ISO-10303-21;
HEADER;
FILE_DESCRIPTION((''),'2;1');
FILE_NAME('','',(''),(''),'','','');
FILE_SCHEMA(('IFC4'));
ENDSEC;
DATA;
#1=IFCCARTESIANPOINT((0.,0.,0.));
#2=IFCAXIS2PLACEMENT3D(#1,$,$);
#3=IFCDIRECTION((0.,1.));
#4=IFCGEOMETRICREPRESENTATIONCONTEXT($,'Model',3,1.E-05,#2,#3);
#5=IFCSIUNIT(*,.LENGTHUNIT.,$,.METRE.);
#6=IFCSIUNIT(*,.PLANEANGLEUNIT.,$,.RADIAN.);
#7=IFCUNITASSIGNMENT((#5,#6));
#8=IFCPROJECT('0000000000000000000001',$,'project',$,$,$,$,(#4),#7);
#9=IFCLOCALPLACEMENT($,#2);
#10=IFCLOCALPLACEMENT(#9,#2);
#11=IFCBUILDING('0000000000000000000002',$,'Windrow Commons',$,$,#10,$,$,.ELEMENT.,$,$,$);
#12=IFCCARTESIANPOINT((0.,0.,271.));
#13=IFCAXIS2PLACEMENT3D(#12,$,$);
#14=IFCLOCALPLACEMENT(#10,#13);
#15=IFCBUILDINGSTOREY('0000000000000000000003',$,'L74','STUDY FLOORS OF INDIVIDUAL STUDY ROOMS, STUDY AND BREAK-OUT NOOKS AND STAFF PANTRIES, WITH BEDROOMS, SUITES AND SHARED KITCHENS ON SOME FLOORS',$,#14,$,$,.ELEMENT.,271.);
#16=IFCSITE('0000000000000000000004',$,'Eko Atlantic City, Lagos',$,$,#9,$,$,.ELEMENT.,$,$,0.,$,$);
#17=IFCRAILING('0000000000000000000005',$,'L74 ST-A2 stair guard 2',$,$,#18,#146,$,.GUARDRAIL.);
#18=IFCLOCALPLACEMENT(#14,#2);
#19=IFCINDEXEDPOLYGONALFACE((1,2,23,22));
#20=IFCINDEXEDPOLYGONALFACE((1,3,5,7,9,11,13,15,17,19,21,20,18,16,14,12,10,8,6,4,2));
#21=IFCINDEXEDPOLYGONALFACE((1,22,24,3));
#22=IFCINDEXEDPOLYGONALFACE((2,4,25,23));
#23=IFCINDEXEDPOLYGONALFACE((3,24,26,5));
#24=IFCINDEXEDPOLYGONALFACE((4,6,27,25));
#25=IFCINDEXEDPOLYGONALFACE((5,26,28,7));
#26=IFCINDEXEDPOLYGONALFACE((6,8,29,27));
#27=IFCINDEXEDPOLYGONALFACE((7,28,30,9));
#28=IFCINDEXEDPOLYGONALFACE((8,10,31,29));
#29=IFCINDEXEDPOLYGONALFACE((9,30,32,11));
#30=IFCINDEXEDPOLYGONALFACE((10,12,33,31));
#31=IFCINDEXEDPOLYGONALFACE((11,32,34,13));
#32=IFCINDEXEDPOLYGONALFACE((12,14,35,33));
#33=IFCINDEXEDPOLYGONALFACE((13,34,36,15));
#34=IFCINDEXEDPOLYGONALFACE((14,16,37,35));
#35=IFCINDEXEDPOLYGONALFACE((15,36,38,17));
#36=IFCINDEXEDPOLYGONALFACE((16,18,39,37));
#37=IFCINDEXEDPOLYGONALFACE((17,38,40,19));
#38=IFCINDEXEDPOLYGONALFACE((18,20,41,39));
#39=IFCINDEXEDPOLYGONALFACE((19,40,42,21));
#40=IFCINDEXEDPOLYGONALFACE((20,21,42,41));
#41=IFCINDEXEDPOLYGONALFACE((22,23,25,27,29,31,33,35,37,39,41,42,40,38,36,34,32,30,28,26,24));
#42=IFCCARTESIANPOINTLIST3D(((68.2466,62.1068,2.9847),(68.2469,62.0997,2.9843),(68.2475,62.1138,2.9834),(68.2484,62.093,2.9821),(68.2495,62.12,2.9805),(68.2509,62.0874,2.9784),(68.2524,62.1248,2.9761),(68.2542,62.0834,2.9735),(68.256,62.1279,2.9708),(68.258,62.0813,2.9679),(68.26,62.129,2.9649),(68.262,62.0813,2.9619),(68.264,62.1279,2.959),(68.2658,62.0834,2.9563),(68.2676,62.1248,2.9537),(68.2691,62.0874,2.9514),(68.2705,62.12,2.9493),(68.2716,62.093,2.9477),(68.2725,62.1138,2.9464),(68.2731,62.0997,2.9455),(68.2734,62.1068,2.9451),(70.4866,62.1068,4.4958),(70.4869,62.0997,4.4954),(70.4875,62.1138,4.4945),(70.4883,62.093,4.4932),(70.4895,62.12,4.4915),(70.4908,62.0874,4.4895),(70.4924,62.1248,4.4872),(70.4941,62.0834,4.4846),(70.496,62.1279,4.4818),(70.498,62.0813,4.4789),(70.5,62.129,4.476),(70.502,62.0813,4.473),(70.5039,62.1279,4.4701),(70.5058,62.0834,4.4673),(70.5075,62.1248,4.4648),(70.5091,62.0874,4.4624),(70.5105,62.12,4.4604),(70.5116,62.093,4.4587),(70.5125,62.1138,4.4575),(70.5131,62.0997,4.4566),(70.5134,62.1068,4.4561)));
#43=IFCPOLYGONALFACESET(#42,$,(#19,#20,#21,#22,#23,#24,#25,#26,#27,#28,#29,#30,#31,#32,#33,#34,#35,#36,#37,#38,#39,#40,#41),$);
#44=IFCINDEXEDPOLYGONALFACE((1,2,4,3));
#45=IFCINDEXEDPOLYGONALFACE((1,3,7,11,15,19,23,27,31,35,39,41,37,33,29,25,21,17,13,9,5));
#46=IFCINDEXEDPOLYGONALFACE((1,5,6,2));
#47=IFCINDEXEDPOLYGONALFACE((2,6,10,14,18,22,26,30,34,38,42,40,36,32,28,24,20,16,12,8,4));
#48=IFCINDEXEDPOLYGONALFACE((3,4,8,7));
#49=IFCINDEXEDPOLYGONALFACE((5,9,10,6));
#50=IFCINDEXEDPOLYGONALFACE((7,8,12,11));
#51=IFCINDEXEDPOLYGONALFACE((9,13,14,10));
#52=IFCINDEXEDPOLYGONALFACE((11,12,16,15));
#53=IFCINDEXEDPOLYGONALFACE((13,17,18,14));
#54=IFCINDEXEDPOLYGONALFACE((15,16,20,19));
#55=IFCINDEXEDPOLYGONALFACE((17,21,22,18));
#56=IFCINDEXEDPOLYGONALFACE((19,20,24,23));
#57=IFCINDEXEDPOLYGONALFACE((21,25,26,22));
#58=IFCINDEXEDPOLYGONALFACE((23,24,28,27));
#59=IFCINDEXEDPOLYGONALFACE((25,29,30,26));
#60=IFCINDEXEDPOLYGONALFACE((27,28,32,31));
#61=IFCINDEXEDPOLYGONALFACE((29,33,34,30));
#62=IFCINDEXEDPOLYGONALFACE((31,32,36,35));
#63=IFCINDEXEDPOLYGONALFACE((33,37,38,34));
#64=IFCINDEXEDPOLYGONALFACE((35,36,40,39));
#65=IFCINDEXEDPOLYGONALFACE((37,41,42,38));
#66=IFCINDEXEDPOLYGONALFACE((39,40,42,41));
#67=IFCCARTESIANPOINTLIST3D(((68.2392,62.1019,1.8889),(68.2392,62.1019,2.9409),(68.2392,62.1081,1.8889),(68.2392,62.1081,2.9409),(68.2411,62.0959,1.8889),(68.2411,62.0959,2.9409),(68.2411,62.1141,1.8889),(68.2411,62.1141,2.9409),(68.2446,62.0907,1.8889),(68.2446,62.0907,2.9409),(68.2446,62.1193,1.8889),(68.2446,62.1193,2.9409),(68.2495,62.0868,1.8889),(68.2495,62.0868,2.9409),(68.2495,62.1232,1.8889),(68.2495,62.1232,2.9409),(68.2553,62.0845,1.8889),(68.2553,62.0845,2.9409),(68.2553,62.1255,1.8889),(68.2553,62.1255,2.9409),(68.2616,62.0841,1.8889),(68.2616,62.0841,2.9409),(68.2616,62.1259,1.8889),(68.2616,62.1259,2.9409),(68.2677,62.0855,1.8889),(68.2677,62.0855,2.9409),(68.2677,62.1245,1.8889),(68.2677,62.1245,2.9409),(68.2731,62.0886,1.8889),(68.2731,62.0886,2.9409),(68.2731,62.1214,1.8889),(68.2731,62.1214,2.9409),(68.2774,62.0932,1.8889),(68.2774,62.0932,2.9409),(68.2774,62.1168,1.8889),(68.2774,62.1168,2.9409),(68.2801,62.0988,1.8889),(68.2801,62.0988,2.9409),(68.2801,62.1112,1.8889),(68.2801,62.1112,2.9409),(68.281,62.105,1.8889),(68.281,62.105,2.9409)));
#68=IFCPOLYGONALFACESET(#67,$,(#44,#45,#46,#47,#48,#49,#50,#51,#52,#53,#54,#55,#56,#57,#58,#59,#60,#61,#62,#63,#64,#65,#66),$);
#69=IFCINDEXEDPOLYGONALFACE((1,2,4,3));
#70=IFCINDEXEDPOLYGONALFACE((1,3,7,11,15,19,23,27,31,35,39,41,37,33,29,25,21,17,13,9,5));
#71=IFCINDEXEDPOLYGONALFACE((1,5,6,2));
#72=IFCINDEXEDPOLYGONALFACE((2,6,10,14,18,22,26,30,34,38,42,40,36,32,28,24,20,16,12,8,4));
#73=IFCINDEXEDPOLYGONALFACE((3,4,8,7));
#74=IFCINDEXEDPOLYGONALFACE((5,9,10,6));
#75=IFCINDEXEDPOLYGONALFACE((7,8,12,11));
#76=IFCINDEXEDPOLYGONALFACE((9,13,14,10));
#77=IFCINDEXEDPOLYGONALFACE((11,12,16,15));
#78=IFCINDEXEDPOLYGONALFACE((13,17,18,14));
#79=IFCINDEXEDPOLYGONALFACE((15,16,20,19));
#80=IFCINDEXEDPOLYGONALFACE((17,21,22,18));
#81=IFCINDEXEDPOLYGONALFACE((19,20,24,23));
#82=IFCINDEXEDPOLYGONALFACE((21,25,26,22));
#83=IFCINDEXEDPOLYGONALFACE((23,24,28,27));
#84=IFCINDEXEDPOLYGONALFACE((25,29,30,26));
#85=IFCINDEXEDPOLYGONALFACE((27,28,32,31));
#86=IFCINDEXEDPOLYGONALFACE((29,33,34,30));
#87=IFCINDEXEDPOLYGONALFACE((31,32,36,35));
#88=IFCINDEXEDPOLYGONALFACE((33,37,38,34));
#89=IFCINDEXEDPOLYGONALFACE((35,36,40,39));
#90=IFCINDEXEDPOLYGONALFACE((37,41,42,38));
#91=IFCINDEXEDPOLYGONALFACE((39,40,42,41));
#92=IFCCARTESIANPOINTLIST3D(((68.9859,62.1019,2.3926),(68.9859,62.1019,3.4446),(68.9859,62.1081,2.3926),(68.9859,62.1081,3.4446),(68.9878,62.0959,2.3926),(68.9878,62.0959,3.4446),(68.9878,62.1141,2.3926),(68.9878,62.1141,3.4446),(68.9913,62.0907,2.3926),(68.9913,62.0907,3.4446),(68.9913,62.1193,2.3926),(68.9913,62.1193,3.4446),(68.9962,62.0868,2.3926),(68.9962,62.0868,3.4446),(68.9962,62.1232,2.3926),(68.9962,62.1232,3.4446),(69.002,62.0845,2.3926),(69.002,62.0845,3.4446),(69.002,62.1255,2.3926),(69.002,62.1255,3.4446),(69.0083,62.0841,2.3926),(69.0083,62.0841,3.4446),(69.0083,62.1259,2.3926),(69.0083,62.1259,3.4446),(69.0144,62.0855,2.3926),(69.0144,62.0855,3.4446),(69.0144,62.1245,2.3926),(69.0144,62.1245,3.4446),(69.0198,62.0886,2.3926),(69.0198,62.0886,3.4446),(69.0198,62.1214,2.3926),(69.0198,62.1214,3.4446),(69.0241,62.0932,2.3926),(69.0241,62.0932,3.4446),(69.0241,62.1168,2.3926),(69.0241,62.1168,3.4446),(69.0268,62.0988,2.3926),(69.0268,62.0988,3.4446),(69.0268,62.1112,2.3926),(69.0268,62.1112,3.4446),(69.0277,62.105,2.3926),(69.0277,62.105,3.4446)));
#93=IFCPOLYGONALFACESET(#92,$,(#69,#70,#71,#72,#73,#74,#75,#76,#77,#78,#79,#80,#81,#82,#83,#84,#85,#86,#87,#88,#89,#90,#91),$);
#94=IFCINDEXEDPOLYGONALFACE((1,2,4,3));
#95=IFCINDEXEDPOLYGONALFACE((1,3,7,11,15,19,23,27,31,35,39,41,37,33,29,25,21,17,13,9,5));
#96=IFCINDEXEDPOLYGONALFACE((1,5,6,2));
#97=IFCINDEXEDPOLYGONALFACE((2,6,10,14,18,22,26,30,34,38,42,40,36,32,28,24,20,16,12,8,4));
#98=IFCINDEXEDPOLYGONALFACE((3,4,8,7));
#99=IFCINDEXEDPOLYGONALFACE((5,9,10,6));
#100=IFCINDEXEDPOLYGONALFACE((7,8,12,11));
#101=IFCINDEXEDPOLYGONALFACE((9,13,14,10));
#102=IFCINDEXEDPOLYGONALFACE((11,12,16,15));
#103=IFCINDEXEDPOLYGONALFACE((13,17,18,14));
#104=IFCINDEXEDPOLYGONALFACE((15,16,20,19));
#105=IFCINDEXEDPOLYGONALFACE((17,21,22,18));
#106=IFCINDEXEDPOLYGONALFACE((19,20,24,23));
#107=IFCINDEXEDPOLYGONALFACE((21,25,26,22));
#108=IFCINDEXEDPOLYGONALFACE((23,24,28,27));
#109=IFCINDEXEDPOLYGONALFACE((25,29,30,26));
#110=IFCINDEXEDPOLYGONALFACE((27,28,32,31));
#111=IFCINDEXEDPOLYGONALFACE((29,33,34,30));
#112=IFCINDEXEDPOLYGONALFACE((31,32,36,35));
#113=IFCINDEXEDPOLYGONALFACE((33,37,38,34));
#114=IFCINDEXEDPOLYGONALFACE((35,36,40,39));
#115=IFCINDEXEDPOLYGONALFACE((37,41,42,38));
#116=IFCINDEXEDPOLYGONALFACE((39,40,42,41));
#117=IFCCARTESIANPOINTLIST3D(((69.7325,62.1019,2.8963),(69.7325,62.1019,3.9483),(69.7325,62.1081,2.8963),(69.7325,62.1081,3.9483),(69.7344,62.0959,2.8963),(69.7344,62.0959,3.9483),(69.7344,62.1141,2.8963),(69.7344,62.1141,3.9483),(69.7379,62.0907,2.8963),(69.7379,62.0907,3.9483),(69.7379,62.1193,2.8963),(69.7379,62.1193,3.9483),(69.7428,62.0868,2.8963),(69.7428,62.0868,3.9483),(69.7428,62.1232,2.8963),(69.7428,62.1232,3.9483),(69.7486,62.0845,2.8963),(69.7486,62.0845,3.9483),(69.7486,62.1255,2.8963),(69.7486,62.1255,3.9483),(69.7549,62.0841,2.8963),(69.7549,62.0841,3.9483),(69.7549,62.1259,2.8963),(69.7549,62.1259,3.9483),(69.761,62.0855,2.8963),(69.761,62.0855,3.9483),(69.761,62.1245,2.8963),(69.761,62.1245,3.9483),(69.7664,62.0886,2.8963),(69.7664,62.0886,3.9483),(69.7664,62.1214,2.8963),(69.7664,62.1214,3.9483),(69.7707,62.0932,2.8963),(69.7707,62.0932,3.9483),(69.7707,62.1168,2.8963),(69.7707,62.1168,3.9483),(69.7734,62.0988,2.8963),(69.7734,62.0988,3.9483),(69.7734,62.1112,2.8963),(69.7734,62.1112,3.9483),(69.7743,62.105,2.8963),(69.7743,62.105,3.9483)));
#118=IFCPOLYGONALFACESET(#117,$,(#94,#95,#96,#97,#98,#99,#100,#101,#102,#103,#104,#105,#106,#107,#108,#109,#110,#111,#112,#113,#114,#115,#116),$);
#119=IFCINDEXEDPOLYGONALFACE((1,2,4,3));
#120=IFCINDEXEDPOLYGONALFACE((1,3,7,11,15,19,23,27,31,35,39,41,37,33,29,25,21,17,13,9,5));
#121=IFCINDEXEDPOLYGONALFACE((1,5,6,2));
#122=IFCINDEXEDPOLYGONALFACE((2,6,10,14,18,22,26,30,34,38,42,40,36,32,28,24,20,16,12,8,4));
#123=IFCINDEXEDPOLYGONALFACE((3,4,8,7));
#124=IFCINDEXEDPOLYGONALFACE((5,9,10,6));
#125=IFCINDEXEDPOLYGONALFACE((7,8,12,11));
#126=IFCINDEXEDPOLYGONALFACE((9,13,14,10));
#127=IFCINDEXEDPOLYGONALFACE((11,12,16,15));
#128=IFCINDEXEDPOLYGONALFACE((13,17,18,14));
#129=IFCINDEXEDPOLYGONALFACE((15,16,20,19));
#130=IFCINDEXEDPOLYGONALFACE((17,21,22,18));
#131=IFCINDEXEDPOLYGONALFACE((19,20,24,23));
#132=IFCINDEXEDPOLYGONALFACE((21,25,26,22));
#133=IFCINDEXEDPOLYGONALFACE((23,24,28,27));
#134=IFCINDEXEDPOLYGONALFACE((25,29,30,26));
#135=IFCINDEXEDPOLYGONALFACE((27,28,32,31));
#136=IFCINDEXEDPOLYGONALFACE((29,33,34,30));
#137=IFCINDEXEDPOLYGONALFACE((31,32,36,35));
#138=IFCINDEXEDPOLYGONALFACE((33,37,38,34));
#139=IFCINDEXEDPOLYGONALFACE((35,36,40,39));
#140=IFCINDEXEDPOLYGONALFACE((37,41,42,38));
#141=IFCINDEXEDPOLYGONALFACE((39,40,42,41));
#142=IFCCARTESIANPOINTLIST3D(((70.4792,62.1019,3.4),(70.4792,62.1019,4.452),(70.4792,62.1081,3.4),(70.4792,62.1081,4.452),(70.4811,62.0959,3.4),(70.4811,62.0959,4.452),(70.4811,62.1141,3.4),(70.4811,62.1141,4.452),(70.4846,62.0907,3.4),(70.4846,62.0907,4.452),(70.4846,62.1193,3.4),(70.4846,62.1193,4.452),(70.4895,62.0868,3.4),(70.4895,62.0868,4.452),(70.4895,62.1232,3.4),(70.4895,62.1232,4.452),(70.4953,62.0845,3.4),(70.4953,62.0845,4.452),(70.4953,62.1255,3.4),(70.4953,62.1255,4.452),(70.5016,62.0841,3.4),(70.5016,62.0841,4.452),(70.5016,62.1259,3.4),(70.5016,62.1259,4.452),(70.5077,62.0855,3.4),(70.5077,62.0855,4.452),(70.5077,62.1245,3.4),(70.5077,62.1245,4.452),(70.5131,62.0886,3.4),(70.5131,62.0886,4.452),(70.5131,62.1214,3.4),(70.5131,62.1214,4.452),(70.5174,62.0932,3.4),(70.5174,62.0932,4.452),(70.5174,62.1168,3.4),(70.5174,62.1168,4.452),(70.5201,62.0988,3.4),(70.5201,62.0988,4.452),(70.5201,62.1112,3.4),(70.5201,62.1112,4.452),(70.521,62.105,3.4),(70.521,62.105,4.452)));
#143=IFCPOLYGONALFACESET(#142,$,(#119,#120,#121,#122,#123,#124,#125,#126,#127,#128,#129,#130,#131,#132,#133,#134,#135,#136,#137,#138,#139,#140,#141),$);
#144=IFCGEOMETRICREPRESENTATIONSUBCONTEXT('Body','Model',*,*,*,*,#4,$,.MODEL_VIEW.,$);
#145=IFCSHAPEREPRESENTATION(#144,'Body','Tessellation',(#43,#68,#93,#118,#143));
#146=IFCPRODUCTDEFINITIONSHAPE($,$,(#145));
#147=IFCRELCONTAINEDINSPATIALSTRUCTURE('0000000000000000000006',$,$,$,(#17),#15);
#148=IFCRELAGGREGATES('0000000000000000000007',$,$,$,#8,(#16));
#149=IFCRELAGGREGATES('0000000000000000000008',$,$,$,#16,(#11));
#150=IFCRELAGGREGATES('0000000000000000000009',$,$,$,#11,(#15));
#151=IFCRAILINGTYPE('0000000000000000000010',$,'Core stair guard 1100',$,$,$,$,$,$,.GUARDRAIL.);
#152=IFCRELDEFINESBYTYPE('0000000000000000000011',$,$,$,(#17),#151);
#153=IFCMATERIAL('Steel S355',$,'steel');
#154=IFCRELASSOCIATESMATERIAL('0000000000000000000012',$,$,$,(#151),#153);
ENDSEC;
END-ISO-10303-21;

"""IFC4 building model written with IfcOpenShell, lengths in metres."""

from ifc_helpers import new_model, si_unit, direction, frame, origin, origin_2d, place, context, subcontext, project, spatial, circle, extrude, material, type_object, element, save


model = new_model("IFC4")

# Units and contexts
model_context = context("Model", 3, precision=1e-05, world=origin(), true_north=direction((0.0, 1.0)))
body_context = subcontext(model_context, "Body", "Model", "MODEL_VIEW")
ifc_project = project(units=[si_unit("LENGTHUNIT", "METRE"), si_unit("PLANEANGLEUNIT", "RADIAN")], contexts=[model_context])

# Site, building, storey
site_placement = place(None, origin())
site = spatial("IfcSite", under=ifc_project, at=site_placement, Name="Eko Atlantic City, Lagos", CompositionType="ELEMENT", RefElevation=0.0)
building_placement = place(site_placement, origin())
building = spatial("IfcBuilding", under=site, at=building_placement, Name="Windrow Commons", CompositionType="ELEMENT")
storey_placement = place(building_placement, frame((0.0, 0.0, 271.0)))
storey = spatial("IfcBuildingStorey", under=building, at=storey_placement, Name="L74", Description="STUDY FLOORS OF INDIVIDUAL STUDY ROOMS, STUDY AND BREAK-OUT NOOKS AND STAFF PANTRIES, WITH BEDROOMS, SUITES AND SHARED KITCHENS ON SOME FLOORS", CompositionType="ELEMENT", Elevation=271.0)

# Railing
ifc_material_1 = material(Name="Steel S355", Category="steel")
railing_type_1 = type_object("IfcRailingType", Name="Core stair guard 1100", PredefinedType="GUARDRAIL", material=ifc_material_1)
railing_1_placement = place(storey_placement, frame((68.26, 62.105, 1.8889)))
element("IfcRailing", 1, at=railing_1_placement, inside=storey, type_object=railing_type_1, Name="L74 ST-A2 stair guard 2", PredefinedType="GUARDRAIL", context=body_context, shape_type="SweptSolid", body=[
    extrude(circle(Radius=0.024, at=origin_2d()), frame((0.0, 0.0, 1.076), z_axis=(0.829003, 0.0, 0.559244), x_axis=(0.0, 1.0, 0.0)), (0.0, 0.0, 1.0), 2.702),
    extrude(circle(Radius=0.021, at=origin_2d()), origin(), (0.0, 0.0, 1.0), 1.052),
    extrude(circle(Radius=0.021, at=origin_2d()), frame((0.7467, 0.0, 0.5037)), (0.0, 0.0, 1.0), 1.052),
    extrude(circle(Radius=0.021, at=origin_2d()), frame((1.4933, 0.0, 1.0074)), (0.0, 0.0, 1.0), 1.052),
    extrude(circle(Radius=0.021, at=origin_2d()), frame((2.24, 0.0, 1.5111)), (0.0, 0.0, 1.0), 1.052),
])

save(model, "model.ifc")
